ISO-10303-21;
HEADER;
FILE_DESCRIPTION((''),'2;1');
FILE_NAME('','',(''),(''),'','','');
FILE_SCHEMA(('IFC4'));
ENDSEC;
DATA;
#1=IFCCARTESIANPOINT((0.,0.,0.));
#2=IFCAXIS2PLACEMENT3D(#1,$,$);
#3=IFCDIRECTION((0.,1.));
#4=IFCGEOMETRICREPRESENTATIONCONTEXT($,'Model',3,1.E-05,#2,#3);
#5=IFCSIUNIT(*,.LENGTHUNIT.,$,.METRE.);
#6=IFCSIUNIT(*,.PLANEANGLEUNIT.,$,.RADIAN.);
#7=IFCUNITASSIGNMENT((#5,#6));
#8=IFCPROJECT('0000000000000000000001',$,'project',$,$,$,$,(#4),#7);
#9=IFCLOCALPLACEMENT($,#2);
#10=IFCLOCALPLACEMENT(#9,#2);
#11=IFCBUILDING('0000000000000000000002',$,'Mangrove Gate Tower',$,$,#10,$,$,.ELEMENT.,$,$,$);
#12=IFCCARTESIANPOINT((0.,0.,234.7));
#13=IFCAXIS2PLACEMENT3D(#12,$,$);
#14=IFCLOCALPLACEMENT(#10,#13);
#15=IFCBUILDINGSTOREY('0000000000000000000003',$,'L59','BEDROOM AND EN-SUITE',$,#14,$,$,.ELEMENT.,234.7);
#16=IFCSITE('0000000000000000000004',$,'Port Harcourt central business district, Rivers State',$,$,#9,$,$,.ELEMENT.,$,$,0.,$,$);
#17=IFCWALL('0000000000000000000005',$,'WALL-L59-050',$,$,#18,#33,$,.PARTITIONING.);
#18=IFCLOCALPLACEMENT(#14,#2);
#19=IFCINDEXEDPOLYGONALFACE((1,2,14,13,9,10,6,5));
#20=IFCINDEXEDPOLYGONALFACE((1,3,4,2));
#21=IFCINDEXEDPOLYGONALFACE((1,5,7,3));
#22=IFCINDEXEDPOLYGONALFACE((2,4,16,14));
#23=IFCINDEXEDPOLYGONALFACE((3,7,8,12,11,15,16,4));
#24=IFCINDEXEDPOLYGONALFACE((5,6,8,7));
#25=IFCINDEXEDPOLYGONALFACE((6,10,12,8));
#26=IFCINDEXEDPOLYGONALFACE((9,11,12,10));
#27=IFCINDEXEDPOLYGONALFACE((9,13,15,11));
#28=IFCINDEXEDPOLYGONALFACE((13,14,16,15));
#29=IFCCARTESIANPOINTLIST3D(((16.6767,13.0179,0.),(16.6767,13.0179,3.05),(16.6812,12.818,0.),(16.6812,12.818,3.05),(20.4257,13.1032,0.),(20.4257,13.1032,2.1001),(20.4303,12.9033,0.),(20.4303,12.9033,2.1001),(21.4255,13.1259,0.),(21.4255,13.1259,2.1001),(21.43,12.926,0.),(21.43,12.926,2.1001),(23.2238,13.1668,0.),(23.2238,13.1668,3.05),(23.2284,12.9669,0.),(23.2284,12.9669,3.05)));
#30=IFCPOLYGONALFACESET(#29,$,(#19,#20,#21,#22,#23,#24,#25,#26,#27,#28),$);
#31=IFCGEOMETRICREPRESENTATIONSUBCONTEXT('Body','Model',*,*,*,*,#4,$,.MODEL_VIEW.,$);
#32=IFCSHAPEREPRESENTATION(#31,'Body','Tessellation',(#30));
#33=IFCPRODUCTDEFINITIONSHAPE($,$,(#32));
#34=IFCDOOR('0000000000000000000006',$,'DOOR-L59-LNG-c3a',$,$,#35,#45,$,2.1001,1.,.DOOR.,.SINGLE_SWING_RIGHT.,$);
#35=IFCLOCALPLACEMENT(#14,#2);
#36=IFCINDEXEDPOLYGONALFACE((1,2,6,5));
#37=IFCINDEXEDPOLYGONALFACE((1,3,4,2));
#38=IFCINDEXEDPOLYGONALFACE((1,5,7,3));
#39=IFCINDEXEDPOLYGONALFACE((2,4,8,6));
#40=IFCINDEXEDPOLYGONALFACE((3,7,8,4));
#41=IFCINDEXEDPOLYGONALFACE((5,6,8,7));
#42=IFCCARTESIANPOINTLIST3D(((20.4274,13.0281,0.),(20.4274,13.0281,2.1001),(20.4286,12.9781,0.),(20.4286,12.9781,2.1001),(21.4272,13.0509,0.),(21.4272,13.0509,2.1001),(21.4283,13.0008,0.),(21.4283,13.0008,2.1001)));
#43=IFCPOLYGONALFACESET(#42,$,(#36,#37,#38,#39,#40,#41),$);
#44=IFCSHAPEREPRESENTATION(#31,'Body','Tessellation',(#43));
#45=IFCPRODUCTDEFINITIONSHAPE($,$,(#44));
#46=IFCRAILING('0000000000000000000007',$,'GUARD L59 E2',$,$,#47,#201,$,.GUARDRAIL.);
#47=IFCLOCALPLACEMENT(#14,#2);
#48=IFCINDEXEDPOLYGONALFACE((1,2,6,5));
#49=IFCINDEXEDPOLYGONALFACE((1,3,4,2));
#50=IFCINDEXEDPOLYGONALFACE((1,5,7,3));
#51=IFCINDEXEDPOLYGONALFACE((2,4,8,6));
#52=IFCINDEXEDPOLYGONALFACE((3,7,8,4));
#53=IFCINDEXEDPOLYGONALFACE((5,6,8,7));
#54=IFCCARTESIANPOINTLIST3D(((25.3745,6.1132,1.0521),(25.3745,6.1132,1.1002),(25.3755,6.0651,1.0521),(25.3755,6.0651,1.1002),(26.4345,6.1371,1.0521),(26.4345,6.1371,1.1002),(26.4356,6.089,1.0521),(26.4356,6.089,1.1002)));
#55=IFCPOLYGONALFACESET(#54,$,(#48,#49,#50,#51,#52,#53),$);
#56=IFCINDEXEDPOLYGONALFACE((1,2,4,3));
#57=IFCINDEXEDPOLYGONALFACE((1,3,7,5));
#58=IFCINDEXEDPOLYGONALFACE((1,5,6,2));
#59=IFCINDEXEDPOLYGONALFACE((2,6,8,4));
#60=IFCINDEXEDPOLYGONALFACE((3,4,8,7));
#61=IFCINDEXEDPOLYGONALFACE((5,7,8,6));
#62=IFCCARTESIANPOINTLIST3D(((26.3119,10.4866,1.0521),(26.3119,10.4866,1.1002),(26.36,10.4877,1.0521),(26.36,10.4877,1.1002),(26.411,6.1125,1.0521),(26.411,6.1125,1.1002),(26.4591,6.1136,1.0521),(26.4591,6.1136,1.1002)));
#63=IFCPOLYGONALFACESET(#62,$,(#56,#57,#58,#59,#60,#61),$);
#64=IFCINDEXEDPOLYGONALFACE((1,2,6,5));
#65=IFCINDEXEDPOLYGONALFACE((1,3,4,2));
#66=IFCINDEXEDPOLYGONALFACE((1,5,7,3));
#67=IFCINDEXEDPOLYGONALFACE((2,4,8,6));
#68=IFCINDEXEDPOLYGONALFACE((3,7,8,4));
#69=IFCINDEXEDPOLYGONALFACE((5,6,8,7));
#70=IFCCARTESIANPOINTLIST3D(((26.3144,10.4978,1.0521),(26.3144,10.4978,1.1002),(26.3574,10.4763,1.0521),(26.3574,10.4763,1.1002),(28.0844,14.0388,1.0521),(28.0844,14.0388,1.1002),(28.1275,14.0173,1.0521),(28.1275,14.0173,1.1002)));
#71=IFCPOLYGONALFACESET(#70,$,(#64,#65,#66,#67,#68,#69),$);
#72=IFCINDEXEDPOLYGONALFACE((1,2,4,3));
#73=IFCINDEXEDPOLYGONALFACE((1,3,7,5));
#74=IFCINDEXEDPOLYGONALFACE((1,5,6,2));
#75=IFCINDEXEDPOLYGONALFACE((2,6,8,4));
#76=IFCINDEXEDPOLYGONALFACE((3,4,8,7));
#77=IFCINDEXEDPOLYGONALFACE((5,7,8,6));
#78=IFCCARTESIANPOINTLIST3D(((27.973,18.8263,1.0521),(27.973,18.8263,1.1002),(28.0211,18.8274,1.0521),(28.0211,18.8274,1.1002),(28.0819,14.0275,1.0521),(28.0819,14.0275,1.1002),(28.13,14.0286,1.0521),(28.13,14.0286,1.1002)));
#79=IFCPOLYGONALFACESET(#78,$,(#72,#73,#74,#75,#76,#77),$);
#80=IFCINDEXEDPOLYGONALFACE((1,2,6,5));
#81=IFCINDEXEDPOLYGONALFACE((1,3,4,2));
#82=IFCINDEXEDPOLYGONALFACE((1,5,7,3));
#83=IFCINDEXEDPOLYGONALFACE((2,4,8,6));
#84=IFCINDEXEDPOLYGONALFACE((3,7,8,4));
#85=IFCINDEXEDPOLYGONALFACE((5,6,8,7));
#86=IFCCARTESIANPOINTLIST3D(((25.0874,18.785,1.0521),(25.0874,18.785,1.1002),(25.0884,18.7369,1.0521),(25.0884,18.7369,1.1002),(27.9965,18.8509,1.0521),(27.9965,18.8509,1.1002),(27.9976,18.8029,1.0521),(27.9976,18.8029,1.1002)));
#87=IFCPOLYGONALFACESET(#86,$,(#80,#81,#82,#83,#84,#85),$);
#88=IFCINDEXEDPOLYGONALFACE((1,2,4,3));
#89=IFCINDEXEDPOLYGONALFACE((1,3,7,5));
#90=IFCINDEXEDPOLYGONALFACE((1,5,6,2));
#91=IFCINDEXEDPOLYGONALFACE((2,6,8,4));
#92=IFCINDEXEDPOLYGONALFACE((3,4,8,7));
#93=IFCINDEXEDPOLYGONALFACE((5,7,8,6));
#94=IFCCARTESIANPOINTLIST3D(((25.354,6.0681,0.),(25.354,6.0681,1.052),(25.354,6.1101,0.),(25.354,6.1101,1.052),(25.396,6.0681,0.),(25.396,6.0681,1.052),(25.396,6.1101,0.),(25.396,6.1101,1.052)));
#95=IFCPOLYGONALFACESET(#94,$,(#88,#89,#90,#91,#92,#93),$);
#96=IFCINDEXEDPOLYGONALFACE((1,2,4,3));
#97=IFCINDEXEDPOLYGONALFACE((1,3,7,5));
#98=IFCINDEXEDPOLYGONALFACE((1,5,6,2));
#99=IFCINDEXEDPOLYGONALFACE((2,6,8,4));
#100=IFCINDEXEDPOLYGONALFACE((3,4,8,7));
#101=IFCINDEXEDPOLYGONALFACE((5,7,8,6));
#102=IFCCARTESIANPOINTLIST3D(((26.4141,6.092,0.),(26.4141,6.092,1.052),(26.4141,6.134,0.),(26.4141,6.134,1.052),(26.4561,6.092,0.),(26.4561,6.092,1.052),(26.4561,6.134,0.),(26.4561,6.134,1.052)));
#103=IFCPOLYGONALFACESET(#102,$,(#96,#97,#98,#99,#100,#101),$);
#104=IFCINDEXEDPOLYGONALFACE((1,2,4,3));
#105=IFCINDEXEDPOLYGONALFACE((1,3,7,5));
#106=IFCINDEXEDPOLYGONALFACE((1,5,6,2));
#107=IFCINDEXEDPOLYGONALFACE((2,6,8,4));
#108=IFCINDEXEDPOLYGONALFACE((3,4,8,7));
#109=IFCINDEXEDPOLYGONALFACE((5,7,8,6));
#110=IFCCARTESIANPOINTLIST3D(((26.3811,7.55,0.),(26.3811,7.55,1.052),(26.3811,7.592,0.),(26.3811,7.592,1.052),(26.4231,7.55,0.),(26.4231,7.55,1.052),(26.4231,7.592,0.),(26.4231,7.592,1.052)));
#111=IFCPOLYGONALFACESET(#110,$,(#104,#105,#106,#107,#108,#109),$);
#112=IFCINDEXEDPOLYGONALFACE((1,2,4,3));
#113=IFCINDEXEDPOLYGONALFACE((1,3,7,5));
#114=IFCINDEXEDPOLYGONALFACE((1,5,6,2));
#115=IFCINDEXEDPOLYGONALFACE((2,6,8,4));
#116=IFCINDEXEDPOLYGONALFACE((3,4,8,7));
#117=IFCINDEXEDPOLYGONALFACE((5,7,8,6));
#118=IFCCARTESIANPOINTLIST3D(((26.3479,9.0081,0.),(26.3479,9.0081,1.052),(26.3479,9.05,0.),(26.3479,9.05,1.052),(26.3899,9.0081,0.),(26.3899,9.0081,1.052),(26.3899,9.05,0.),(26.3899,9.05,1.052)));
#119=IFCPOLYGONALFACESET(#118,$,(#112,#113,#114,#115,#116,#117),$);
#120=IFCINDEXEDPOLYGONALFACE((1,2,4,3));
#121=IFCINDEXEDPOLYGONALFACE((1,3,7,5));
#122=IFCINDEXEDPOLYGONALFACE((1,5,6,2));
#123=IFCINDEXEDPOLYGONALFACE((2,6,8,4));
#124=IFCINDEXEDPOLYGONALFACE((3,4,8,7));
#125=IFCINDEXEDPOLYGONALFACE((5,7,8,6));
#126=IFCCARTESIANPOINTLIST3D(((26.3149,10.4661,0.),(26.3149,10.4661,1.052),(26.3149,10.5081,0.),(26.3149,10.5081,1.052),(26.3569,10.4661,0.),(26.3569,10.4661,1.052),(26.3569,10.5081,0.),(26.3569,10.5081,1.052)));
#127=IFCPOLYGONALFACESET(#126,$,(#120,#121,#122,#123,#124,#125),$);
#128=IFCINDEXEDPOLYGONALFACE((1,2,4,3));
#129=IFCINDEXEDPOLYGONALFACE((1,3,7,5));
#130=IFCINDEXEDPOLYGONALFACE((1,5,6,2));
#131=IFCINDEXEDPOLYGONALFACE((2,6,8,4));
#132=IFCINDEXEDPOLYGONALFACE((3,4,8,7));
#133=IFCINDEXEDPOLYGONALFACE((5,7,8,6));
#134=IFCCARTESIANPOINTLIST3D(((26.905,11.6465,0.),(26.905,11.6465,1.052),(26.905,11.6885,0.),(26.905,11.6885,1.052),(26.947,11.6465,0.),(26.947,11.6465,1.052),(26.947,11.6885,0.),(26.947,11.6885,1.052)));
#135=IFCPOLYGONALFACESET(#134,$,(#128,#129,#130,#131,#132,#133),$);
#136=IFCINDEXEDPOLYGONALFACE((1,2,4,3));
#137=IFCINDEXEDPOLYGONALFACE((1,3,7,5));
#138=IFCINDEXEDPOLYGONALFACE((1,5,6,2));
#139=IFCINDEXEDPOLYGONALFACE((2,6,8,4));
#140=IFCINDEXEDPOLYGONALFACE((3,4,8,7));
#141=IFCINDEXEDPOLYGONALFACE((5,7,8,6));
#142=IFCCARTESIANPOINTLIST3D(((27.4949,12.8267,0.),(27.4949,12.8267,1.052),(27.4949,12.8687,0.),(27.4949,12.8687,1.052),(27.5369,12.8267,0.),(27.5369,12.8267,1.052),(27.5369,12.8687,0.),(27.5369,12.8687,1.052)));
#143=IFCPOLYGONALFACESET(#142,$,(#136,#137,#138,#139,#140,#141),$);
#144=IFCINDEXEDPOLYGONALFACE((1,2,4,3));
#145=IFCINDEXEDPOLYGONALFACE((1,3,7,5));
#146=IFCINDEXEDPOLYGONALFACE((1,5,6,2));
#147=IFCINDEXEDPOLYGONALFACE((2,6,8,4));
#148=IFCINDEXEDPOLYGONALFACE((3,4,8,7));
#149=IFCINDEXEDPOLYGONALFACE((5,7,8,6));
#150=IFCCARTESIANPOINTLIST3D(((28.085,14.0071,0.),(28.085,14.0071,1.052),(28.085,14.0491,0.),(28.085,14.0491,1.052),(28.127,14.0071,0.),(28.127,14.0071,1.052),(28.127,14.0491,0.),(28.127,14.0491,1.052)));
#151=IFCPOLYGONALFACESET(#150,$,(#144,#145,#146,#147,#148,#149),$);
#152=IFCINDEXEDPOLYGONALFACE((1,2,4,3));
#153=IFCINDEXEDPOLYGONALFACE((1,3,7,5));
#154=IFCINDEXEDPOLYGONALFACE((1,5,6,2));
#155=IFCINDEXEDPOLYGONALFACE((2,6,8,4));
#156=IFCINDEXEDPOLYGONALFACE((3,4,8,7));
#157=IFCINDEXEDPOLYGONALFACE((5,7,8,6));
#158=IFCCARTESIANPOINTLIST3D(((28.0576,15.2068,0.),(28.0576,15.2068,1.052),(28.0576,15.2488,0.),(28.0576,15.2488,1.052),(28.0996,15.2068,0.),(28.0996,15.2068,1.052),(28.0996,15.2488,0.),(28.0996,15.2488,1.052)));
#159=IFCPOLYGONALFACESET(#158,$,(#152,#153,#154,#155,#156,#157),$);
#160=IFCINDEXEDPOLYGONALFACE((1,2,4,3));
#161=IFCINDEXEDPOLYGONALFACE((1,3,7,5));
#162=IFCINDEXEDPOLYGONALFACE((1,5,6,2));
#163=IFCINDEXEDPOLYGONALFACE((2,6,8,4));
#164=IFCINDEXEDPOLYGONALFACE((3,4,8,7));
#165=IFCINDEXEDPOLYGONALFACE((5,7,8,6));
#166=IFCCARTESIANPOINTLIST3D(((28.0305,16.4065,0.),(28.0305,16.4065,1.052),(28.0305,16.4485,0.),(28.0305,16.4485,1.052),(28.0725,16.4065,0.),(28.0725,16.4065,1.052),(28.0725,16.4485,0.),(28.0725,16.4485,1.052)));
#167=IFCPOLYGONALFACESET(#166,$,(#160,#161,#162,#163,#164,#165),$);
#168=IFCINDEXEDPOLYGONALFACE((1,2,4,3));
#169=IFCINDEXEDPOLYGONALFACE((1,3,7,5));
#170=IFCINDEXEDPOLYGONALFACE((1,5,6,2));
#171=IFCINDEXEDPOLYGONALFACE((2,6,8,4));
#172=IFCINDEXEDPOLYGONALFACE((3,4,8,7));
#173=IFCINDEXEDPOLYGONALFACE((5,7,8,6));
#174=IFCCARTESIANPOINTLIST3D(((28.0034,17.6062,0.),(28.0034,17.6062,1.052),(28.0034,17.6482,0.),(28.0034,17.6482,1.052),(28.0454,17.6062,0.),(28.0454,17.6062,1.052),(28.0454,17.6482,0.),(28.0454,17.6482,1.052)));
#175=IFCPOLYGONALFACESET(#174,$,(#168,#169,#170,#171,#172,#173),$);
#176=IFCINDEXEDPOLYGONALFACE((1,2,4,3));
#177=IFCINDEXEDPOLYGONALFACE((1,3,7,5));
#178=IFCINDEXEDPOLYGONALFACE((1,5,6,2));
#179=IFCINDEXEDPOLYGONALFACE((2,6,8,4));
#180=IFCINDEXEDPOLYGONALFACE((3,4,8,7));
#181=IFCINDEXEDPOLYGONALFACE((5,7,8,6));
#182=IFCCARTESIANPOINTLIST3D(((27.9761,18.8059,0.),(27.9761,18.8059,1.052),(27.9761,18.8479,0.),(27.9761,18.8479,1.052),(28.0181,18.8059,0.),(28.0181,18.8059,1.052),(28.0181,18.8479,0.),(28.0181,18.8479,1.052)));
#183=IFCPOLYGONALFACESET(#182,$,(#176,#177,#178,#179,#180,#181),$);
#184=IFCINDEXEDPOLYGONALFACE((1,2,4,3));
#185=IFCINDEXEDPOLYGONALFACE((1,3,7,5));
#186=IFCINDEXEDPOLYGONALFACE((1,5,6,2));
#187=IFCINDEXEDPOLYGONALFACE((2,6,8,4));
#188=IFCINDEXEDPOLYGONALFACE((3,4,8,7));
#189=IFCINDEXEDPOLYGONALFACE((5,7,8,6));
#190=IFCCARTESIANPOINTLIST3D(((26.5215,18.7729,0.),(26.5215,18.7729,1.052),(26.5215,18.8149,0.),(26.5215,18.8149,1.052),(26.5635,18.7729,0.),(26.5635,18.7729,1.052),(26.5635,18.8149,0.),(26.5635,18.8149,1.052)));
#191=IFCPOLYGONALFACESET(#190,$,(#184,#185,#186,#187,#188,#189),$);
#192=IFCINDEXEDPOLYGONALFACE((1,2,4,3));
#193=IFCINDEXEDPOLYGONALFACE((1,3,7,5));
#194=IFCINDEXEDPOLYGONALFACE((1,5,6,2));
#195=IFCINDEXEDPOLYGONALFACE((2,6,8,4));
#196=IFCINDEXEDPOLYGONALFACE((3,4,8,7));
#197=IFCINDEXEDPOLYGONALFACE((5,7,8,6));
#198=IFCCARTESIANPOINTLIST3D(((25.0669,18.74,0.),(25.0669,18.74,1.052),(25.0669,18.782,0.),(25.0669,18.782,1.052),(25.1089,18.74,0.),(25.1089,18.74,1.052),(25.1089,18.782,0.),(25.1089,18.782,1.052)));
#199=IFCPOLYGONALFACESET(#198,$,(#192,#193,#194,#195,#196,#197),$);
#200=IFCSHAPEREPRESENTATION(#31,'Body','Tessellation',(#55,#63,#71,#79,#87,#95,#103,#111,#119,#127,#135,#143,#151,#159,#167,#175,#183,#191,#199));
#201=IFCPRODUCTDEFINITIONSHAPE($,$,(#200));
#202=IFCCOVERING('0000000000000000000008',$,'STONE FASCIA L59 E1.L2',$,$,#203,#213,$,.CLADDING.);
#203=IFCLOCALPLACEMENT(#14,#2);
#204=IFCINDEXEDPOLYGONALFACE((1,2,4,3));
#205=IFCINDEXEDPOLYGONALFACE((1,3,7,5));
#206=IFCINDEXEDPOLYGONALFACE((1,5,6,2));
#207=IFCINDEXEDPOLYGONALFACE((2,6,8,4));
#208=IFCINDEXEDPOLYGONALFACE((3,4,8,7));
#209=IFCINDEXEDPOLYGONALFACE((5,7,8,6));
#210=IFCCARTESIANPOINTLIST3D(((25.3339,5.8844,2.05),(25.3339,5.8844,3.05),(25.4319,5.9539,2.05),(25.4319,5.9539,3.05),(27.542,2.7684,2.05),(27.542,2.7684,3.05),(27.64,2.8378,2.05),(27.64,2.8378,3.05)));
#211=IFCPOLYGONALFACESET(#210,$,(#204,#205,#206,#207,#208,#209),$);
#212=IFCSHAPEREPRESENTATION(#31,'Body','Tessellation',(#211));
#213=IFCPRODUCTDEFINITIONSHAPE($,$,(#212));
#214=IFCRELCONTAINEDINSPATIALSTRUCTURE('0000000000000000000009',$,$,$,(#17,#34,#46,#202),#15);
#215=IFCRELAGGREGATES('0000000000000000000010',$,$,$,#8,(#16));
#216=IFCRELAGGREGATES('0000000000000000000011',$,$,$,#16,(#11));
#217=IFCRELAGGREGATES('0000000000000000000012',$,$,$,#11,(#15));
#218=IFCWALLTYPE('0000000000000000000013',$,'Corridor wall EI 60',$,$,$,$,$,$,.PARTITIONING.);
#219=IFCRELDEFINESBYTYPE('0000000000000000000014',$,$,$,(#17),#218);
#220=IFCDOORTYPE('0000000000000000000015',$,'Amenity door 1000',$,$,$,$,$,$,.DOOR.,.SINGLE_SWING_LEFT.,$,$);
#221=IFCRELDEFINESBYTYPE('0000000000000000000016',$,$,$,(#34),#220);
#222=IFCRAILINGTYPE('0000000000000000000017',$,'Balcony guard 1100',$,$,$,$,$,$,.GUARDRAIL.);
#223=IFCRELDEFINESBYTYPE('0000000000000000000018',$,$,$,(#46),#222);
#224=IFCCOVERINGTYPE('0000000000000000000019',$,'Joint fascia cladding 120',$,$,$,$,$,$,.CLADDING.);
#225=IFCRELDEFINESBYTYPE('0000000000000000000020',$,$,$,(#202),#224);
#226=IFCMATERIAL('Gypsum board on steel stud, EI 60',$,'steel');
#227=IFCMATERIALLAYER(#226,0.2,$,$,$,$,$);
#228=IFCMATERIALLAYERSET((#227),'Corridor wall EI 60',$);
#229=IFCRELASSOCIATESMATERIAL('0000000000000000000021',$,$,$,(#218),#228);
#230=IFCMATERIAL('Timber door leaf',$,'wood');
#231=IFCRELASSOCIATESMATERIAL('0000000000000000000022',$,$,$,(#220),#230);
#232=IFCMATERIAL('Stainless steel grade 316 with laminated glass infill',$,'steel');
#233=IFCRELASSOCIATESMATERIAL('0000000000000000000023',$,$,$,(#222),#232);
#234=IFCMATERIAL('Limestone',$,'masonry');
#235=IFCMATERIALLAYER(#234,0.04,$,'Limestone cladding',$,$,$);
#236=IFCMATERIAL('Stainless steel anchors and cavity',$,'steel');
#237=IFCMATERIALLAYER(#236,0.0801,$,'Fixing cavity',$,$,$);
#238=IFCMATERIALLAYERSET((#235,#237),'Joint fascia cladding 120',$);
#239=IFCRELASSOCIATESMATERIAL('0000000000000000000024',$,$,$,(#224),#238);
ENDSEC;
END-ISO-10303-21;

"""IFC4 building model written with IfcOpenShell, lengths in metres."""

from ifc_helpers import new_model, si_unit, direction, frame, frame_2d, origin, origin_2d, place, context, subcontext, project, spatial, rectangle, extrude, material, layer, layer_set, type_object, element, fill, save


model = new_model("IFC4")

# Units and contexts
model_context = context("Model", 3, precision=1e-05, world=origin(), true_north=direction((0.0, 1.0)))
body_context = subcontext(model_context, "Body", "Model", "MODEL_VIEW")
ifc_project = project(units=[si_unit("LENGTHUNIT", "METRE"), si_unit("PLANEANGLEUNIT", "RADIAN")], contexts=[model_context])

# Site, building, storey
site_placement = place(None, origin())
site = spatial("IfcSite", under=ifc_project, at=site_placement, Name="Port Harcourt central business district, Rivers State", CompositionType="ELEMENT", RefElevation=0.0)
building_placement = place(site_placement, origin())
building = spatial("IfcBuilding", under=site, at=building_placement, Name="Mangrove Gate Tower", CompositionType="ELEMENT")
storey_placement = place(building_placement, frame((0.0, 0.0, 234.7)))
storey = spatial("IfcBuildingStorey", under=building, at=storey_placement, Name="L59", Description="BEDROOM AND EN-SUITE", CompositionType="ELEMENT", Elevation=234.7)

# Shared definitions
ifc_material_1 = material(Name="Gypsum board on steel stud, EI 60", Category="steel")
ifc_layer_1 = layer(ifc_material_1, 0.2)
ifc_layer_set_1 = layer_set([ifc_layer_1], Name="Corridor wall EI 60")
wall_type_1 = type_object("IfcWallType", Name="Corridor wall EI 60", PredefinedType="PARTITIONING", material=ifc_layer_set_1)

# Wall, opening, door
wall_1_placement = place(storey_placement, frame((16.679, 12.918, 0.0), z_axis=(0.0, 0.0, 1.0), x_axis=(0.999741, 0.022741, 0.0)))
wall_1 = element("IfcWall", 1, at=wall_1_placement, inside=storey, type_object=wall_type_1, Name="WALL-L59-050", PredefinedType="PARTITIONING", context=body_context, shape_type="SweptSolid", body=[
    extrude(rectangle(XDim=6.5488, YDim=0.2, at=frame_2d((3.2744, 0.0))), origin(), (0.0, 0.0, 1.0), 3.05),
])
opening_1_placement = place(wall_1_placement, frame((3.75, 0.0, 0.0)))
opening_1 = element("IfcOpeningElement", 2, at=opening_1_placement, cuts=wall_1, PredefinedType="OPENING", context=body_context, shape_type="SweptSolid", body=[
    extrude(rectangle(XDim=1.0, YDim=2.1001, at=frame_2d((0.5, 1.05))), frame((0.0, 0.1099, 0.0), z_axis=(0.0, -1.0, 0.0), x_axis=(1.0, 0.0, 0.0)), (0.0, 0.0, 1.0), 0.22),
])
ifc_material_2 = material(Name="Timber door leaf", Category="wood")
door_type_1 = type_object("IfcDoorType", Name="Amenity door 1000", OperationType="SINGLE_SWING_LEFT", PredefinedType="DOOR", material=ifc_material_2)
door_1_placement = place(opening_1_placement, origin())
door_1 = element("IfcDoor", 3, at=door_1_placement, inside=storey, type_object=door_type_1, Name="DOOR-L59-LNG-c3a", OperationType="SINGLE_SWING_RIGHT", OverallHeight=2.1001, OverallWidth=1.0, PredefinedType="DOOR", context=body_context, shape_type="SweptSolid", body=[
    extrude(rectangle(XDim=1.0, YDim=2.1001, at=frame_2d((0.5, 1.05))), frame((0.0, 0.0249, 0.0), z_axis=(0.0, -1.0, 0.0), x_axis=(1.0, 0.0, 0.0)), (0.0, 0.0, 1.0), 0.05),
])
fill(opening_1, door_1)

# Shared definitions
ifc_material_3 = material(Name="Limestone", Category="masonry")

# Railing
ifc_material_4 = material(Name="Stainless steel grade 316 with laminated glass infill", Category="steel")
railing_type = type_object("IfcRailingType", Name="Balcony guard 1100", PredefinedType="GUARDRAIL", material=ifc_material_4)
railing_placement = place(storey_placement, frame((25.375, 6.0891, 0.0)))
element("IfcRailing", 4, at=railing_placement, inside=storey, type_object=railing_type, Name="GUARD L59 E2", PredefinedType="GUARDRAIL", context=body_context, shape_type="SweptSolid", body=[
    extrude(rectangle(XDim=0.0481, YDim=0.0481, at=origin_2d()), frame((0.0, 0.0, 1.0762), z_axis=(0.999745, 0.022564, 0.0), x_axis=(-0.022564, 0.999745, 0.0)), (0.0, 0.0, 1.0), 1.0603),
    extrude(rectangle(XDim=0.0481, YDim=0.0481, at=origin_2d()), frame((1.0601, 0.0239, 1.0762), z_axis=(-0.022655, 0.999743, 0.0), x_axis=(-0.999743, -0.022655, 0.0)), (0.0, 0.0, 1.0), 4.3752),
    extrude(rectangle(XDim=0.0481, YDim=0.0481, at=origin_2d()), frame((0.9609, 4.3979, 1.0762), z_axis=(0.447115, 0.894477, 0.0), x_axis=(-0.894477, 0.447115, 0.0)), (0.0, 0.0, 1.0), 3.9587),
    extrude(rectangle(XDim=0.0481, YDim=0.0481, at=origin_2d()), frame((2.731, 7.939, 1.0762), z_axis=(-0.022684, 0.999743, 0.0), x_axis=(-0.999743, -0.022684, 0.0)), (0.0, 0.0, 1.0), 4.8),
    extrude(rectangle(XDim=0.0481, YDim=0.0481, at=origin_2d()), frame((2.6221, 12.7378, 1.0762), z_axis=(-0.999743, -0.022653, 0.0), x_axis=(0.022653, -0.999743, 0.0)), (0.0, 0.0, 1.0), 2.9099),
    extrude(rectangle(XDim=0.042, YDim=0.042, at=origin_2d()), origin(), (0.0, 0.0, 1.0), 1.052),
    extrude(rectangle(XDim=0.042, YDim=0.042, at=origin_2d()), frame((1.0601, 0.0239, 0.0)), (0.0, 0.0, 1.0), 1.052),
    extrude(rectangle(XDim=0.042, YDim=0.042, at=origin_2d()), frame((1.0271, 1.4819, 0.0)), (0.0, 0.0, 1.0), 1.052),
    extrude(rectangle(XDim=0.042, YDim=0.042, at=origin_2d()), frame((0.9939, 2.9399, 0.0)), (0.0, 0.0, 1.0), 1.052),
    extrude(rectangle(XDim=0.042, YDim=0.042, at=origin_2d()), frame((0.9609, 4.3979, 0.0)), (0.0, 0.0, 1.0), 1.052),
    extrude(rectangle(XDim=0.042, YDim=0.042, at=origin_2d()), frame((1.551, 5.5784, 0.0)), (0.0, 0.0, 1.0), 1.052),
    extrude(rectangle(XDim=0.042, YDim=0.042, at=origin_2d()), frame((2.1409, 6.7585, 0.0)), (0.0, 0.0, 1.0), 1.052),
    extrude(rectangle(XDim=0.042, YDim=0.042, at=origin_2d()), frame((2.731, 7.939, 0.0)), (0.0, 0.0, 1.0), 1.052),
    extrude(rectangle(XDim=0.042, YDim=0.042, at=origin_2d()), frame((2.7036, 9.1387, 0.0)), (0.0, 0.0, 1.0), 1.052),
    extrude(rectangle(XDim=0.042, YDim=0.042, at=origin_2d()), frame((2.6765, 10.3384, 0.0)), (0.0, 0.0, 1.0), 1.052),
    extrude(rectangle(XDim=0.042, YDim=0.042, at=origin_2d()), frame((2.6494, 11.5381, 0.0)), (0.0, 0.0, 1.0), 1.052),
    extrude(rectangle(XDim=0.042, YDim=0.042, at=origin_2d()), frame((2.6221, 12.7378, 0.0)), (0.0, 0.0, 1.0), 1.052),
    extrude(rectangle(XDim=0.042, YDim=0.042, at=origin_2d()), frame((1.1675, 12.7048, 0.0)), (0.0, 0.0, 1.0), 1.052),
    extrude(rectangle(XDim=0.042, YDim=0.042, at=origin_2d()), frame((-0.2871, 12.6719, 0.0)), (0.0, 0.0, 1.0), 1.052),
])

# Covering
ifc_layer_2 = layer(ifc_material_3, 0.04, Name="Limestone cladding")
ifc_material_5 = material(Name="Stainless steel anchors and cavity", Category="steel")
ifc_layer_3 = layer(ifc_material_5, 0.0801, Name="Fixing cavity")
ifc_layer_set_2 = layer_set([ifc_layer_2, ifc_layer_3], Name="Joint fascia cladding 120")
covering_type = type_object("IfcCoveringType", Name="Joint fascia cladding 120", PredefinedType="CLADDING", material=ifc_layer_set_2)
covering_placement = place(storey_placement, frame((27.5911, 2.803, 2.05), z_axis=(0.0, 0.0, 1.0), x_axis=(-0.578168, 0.815918, 0.0)))
element("IfcCovering", 5, at=covering_placement, inside=storey, type_object=covering_type, Name="STONE FASCIA L59 E1.L2", PredefinedType="CLADDING", context=body_context, shape_type="SweptSolid", body=[
    extrude(rectangle(XDim=3.8191, YDim=0.1201, at=frame_2d((1.9097, 0.0))), origin(), (0.0, 0.0, 1.0), 1.0),
])

save(model, "model.ifc")
